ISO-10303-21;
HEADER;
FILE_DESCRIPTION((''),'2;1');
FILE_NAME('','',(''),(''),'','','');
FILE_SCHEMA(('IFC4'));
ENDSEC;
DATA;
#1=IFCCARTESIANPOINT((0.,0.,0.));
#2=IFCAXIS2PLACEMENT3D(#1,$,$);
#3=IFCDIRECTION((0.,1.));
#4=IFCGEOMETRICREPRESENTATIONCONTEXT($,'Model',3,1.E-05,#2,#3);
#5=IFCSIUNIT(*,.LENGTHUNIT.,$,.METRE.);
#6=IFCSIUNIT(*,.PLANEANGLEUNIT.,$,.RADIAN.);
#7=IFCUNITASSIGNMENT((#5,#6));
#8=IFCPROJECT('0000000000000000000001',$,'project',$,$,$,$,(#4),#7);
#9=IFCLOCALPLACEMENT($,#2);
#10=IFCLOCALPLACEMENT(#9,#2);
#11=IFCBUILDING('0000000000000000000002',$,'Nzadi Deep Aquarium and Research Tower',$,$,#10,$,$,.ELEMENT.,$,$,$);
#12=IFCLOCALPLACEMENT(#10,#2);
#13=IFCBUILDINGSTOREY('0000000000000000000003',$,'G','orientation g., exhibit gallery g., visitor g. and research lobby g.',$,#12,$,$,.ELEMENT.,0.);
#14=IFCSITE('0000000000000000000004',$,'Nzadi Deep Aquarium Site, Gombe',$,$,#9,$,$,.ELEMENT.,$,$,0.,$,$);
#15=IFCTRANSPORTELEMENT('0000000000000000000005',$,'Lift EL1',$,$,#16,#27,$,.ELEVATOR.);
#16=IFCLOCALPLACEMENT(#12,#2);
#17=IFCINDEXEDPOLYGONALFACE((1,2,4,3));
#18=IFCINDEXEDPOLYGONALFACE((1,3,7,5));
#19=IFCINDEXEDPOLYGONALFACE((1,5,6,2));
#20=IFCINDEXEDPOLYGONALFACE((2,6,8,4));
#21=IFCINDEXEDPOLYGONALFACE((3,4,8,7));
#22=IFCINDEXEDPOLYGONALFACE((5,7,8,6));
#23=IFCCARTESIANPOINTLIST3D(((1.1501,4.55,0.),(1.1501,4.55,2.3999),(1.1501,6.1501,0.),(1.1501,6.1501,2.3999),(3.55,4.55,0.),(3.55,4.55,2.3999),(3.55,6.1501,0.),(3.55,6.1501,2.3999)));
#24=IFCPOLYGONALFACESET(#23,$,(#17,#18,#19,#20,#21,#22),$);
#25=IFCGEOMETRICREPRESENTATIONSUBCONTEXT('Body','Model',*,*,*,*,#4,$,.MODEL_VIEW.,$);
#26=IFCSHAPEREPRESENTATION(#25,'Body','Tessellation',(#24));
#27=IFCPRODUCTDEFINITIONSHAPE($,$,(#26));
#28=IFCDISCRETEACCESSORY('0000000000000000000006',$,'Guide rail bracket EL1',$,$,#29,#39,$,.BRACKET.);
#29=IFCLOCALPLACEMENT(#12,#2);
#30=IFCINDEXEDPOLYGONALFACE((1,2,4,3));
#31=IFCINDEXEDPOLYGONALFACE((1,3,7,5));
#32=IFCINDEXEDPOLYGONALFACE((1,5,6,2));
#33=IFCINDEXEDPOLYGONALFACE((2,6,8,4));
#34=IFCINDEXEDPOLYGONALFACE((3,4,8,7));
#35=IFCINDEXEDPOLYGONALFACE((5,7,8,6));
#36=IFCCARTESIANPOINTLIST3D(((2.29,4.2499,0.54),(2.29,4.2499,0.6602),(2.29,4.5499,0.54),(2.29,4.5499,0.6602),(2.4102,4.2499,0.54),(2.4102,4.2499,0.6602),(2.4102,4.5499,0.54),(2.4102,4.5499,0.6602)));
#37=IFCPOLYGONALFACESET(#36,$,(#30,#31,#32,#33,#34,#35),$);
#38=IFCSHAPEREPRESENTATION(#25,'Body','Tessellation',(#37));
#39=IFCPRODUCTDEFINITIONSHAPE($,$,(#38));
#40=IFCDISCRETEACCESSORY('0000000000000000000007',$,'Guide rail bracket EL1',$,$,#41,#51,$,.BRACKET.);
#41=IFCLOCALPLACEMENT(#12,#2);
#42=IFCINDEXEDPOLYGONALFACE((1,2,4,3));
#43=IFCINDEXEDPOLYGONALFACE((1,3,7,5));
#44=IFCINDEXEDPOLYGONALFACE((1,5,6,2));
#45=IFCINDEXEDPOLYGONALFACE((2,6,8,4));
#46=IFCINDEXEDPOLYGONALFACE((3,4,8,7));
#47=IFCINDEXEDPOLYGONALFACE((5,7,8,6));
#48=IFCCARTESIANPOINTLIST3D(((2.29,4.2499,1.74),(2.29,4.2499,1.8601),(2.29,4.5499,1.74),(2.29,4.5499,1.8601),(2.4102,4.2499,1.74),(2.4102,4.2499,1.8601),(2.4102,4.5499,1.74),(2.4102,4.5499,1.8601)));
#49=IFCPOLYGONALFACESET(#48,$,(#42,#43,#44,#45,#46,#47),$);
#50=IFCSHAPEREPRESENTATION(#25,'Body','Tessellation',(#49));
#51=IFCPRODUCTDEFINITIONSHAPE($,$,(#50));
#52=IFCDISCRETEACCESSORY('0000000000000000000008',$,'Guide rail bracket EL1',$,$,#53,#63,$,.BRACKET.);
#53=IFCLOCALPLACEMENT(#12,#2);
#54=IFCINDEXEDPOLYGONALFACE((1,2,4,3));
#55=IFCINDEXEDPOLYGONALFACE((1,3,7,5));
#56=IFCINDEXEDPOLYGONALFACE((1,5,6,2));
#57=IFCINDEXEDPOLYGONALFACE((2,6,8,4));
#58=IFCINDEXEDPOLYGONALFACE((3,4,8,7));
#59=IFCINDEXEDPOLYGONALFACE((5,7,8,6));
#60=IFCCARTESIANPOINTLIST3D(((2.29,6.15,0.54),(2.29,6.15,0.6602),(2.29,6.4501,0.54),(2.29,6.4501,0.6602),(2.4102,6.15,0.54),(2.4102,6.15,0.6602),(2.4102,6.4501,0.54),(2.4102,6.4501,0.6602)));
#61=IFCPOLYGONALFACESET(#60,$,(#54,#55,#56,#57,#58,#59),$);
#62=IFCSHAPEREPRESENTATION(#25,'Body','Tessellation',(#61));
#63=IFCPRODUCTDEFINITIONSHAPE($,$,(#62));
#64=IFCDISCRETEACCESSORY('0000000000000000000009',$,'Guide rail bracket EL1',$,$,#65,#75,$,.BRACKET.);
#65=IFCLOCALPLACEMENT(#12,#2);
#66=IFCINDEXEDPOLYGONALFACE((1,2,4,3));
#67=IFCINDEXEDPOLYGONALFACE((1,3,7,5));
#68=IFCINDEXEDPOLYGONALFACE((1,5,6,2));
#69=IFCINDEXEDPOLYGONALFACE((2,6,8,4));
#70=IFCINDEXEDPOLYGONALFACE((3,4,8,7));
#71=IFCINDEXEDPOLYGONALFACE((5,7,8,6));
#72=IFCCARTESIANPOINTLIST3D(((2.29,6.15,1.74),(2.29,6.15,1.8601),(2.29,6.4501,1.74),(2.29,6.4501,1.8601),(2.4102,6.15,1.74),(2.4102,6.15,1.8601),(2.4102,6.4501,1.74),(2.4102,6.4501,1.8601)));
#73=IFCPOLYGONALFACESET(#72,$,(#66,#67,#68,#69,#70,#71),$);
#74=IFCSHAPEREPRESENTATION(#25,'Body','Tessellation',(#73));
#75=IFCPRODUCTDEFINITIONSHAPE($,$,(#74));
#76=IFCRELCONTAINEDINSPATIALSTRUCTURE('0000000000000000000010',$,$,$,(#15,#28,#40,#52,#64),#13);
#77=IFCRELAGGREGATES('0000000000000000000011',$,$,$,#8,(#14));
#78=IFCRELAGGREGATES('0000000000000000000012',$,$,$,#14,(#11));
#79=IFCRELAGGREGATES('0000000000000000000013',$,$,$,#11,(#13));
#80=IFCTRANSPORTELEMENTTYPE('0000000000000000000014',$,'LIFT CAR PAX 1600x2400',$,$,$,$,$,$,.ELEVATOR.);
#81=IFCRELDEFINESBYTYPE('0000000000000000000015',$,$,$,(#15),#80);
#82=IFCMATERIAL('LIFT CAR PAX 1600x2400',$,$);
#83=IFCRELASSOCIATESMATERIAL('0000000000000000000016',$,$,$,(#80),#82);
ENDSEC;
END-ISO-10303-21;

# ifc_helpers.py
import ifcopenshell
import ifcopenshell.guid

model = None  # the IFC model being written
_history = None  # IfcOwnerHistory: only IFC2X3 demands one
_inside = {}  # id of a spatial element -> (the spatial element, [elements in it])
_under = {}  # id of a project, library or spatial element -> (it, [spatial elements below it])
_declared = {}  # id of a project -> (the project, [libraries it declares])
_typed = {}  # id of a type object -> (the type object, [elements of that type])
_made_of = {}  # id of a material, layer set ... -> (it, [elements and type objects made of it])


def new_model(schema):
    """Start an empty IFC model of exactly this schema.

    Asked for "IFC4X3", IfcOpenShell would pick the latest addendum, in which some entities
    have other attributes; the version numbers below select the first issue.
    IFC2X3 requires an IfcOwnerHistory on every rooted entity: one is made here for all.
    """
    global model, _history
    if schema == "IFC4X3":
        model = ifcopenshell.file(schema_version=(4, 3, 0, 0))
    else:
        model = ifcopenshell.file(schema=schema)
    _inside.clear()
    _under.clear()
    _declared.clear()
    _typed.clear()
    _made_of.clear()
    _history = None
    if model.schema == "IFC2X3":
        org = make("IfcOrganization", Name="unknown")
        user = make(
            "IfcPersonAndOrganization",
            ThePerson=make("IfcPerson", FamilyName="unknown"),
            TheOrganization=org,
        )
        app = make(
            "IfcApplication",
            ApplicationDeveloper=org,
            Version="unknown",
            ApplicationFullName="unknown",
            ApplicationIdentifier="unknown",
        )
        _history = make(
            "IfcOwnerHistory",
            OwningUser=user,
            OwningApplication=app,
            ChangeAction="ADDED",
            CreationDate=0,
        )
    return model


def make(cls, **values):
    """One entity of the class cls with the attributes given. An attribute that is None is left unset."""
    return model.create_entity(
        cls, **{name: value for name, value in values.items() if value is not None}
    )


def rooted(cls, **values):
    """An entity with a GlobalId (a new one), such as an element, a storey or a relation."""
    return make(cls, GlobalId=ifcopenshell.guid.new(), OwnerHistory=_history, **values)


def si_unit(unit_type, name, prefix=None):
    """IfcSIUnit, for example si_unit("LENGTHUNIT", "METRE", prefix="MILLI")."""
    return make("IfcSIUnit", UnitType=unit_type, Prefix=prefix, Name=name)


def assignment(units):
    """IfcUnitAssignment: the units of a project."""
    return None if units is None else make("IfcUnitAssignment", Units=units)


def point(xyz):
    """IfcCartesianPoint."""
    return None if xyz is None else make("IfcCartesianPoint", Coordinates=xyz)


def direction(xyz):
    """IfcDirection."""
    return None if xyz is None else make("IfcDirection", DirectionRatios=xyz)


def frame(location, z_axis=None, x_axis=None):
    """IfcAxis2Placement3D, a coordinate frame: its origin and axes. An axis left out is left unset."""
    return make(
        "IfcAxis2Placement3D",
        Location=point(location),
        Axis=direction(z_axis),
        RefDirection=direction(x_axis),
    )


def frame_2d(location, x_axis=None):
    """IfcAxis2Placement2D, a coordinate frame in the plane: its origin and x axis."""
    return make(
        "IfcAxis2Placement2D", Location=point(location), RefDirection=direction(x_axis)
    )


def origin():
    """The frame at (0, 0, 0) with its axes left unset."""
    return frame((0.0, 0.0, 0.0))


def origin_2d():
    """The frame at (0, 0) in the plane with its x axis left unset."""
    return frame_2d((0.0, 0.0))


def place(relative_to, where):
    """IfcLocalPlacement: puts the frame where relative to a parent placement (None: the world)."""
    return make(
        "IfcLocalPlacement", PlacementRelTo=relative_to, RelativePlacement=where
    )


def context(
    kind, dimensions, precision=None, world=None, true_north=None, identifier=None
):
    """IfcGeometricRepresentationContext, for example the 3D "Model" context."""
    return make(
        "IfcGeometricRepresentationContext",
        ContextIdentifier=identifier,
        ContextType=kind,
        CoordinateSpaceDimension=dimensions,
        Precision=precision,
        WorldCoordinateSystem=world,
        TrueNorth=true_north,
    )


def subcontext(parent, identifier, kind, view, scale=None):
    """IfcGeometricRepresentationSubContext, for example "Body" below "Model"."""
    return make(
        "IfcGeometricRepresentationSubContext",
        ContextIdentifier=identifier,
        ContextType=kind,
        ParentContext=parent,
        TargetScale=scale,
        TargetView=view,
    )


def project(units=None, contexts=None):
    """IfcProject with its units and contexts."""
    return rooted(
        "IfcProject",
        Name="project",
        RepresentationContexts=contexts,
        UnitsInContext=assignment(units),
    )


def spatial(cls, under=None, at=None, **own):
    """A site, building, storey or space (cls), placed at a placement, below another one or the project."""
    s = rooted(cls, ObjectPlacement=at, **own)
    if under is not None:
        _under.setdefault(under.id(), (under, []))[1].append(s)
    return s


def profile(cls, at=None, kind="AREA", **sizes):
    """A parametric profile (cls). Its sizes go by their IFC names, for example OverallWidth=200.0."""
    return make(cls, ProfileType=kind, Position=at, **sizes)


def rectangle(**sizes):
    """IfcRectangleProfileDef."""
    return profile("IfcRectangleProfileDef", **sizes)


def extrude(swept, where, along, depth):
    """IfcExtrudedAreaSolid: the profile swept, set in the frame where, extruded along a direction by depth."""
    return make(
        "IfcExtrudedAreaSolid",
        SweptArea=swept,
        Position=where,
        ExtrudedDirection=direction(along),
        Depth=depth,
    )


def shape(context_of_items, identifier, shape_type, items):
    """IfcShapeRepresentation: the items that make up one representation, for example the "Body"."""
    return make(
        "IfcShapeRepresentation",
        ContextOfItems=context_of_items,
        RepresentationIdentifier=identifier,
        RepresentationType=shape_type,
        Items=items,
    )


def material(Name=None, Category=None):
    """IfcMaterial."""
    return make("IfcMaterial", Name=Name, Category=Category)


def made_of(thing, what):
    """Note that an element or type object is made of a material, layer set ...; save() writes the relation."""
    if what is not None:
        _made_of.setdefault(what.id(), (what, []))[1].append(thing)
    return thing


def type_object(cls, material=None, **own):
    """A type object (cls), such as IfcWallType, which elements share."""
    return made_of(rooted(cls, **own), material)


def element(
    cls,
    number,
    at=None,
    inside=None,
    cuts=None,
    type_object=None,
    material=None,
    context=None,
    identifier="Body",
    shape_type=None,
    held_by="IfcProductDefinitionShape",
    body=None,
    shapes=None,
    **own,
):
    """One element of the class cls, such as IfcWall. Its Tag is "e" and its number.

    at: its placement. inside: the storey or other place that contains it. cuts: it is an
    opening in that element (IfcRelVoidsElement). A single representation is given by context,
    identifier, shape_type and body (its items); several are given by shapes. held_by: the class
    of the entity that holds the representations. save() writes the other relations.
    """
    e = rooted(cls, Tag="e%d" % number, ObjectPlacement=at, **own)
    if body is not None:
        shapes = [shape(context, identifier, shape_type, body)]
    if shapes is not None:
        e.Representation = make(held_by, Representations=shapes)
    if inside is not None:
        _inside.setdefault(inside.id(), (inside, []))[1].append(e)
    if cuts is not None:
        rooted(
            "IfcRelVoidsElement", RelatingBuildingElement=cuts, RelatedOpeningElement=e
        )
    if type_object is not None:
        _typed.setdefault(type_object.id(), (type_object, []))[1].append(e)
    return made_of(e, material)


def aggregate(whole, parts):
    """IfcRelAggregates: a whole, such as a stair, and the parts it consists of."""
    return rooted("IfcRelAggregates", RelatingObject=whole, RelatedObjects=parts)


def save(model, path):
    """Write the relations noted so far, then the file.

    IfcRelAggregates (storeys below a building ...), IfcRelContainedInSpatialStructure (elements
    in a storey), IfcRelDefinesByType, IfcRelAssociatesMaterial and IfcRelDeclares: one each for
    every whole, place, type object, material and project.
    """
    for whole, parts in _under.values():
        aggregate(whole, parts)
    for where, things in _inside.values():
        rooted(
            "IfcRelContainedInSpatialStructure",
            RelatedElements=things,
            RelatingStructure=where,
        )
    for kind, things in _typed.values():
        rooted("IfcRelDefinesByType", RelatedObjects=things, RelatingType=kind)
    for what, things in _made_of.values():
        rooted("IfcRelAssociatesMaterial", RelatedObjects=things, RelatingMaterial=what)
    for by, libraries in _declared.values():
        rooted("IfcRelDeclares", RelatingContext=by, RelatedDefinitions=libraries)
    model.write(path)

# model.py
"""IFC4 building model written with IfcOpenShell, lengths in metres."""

from ifc_helpers import new_model, si_unit, direction, frame, origin, origin_2d, place, context, subcontext, project, spatial, rectangle, extrude, material, type_object, element, save


model = new_model("IFC4")

# Units and contexts
model_context = context("Model", 3, precision=1e-05, world=origin(), true_north=direction((0.0, 1.0)))
body_context = subcontext(model_context, "Body", "Model", "MODEL_VIEW")
ifc_project = project(units=[si_unit("LENGTHUNIT", "METRE"), si_unit("PLANEANGLEUNIT", "RADIAN")], contexts=[model_context])

# Site, building, storey
site_placement = place(None, origin())
site = spatial("IfcSite", under=ifc_project, at=site_placement, Name="Nzadi Deep Aquarium Site, Gombe", CompositionType="ELEMENT", RefElevation=0.0)
building_placement = place(site_placement, origin())
building = spatial("IfcBuilding", under=site, at=building_placement, Name="Nzadi Deep Aquarium and Research Tower", CompositionType="ELEMENT")
storey_placement = place(building_placement, origin())
storey = spatial("IfcBuildingStorey", under=building, at=storey_placement, Name="G", Description="orientation g., exhibit gallery g., visitor g. and research lobby g.", CompositionType="ELEMENT", Elevation=0.0)

# Transport element
ifc_material_1 = material(Name="LIFT CAR PAX 1600x2400")
transport_element_type = type_object("IfcTransportElementType", Name="LIFT CAR PAX 1600x2400", PredefinedType="ELEVATOR", material=ifc_material_1)
transport_element_placement = place(storey_placement, frame((2.3501, 5.3501, 0.0), z_axis=(0.0, 0.0, 1.0), x_axis=(1.0, 0.0, 0.0)))
element("IfcTransportElement", 1, at=transport_element_placement, inside=storey, type_object=transport_element_type, Name="Lift EL1", PredefinedType="ELEVATOR", context=body_context, shape_type="SweptSolid", body=[
    extrude(rectangle(XDim=2.3999, YDim=1.6001, at=origin_2d()), origin(), (0.0, 0.0, 1.0), 2.3999),
])

# Discrete accessories
for number, where, z_axis, x_axis, name in (
    (2, (2.3501, 4.3999, 0.54), (0.0, 0.0, 1.0), (1.0, 0.0, 0.0), "Guide rail bracket EL1"),
    (3, (2.3501, 4.3999, 1.74), (0.0, 0.0, 1.0), (1.0, 0.0, 0.0), "Guide rail bracket EL1"),
    (4, (2.3501, 6.3, 0.54), (0.0, 0.0, 1.0), (1.0, 0.0, 0.0), "Guide rail bracket EL1"),
    (5, (2.3501, 6.3, 1.74), (0.0, 0.0, 1.0), (1.0, 0.0, 0.0), "Guide rail bracket EL1"),
):
    element("IfcDiscreteAccessory", number, at=place(storey_placement, frame(where, z_axis=z_axis, x_axis=x_axis)), inside=storey, Name=name, PredefinedType="BRACKET", context=body_context, shape_type="SweptSolid", body=[
        extrude(rectangle(XDim=0.1201, YDim=0.3, at=origin_2d()), origin(), (0.0, 0.0, 1.0), 0.1201),
    ])

save(model, "model.ifc")
